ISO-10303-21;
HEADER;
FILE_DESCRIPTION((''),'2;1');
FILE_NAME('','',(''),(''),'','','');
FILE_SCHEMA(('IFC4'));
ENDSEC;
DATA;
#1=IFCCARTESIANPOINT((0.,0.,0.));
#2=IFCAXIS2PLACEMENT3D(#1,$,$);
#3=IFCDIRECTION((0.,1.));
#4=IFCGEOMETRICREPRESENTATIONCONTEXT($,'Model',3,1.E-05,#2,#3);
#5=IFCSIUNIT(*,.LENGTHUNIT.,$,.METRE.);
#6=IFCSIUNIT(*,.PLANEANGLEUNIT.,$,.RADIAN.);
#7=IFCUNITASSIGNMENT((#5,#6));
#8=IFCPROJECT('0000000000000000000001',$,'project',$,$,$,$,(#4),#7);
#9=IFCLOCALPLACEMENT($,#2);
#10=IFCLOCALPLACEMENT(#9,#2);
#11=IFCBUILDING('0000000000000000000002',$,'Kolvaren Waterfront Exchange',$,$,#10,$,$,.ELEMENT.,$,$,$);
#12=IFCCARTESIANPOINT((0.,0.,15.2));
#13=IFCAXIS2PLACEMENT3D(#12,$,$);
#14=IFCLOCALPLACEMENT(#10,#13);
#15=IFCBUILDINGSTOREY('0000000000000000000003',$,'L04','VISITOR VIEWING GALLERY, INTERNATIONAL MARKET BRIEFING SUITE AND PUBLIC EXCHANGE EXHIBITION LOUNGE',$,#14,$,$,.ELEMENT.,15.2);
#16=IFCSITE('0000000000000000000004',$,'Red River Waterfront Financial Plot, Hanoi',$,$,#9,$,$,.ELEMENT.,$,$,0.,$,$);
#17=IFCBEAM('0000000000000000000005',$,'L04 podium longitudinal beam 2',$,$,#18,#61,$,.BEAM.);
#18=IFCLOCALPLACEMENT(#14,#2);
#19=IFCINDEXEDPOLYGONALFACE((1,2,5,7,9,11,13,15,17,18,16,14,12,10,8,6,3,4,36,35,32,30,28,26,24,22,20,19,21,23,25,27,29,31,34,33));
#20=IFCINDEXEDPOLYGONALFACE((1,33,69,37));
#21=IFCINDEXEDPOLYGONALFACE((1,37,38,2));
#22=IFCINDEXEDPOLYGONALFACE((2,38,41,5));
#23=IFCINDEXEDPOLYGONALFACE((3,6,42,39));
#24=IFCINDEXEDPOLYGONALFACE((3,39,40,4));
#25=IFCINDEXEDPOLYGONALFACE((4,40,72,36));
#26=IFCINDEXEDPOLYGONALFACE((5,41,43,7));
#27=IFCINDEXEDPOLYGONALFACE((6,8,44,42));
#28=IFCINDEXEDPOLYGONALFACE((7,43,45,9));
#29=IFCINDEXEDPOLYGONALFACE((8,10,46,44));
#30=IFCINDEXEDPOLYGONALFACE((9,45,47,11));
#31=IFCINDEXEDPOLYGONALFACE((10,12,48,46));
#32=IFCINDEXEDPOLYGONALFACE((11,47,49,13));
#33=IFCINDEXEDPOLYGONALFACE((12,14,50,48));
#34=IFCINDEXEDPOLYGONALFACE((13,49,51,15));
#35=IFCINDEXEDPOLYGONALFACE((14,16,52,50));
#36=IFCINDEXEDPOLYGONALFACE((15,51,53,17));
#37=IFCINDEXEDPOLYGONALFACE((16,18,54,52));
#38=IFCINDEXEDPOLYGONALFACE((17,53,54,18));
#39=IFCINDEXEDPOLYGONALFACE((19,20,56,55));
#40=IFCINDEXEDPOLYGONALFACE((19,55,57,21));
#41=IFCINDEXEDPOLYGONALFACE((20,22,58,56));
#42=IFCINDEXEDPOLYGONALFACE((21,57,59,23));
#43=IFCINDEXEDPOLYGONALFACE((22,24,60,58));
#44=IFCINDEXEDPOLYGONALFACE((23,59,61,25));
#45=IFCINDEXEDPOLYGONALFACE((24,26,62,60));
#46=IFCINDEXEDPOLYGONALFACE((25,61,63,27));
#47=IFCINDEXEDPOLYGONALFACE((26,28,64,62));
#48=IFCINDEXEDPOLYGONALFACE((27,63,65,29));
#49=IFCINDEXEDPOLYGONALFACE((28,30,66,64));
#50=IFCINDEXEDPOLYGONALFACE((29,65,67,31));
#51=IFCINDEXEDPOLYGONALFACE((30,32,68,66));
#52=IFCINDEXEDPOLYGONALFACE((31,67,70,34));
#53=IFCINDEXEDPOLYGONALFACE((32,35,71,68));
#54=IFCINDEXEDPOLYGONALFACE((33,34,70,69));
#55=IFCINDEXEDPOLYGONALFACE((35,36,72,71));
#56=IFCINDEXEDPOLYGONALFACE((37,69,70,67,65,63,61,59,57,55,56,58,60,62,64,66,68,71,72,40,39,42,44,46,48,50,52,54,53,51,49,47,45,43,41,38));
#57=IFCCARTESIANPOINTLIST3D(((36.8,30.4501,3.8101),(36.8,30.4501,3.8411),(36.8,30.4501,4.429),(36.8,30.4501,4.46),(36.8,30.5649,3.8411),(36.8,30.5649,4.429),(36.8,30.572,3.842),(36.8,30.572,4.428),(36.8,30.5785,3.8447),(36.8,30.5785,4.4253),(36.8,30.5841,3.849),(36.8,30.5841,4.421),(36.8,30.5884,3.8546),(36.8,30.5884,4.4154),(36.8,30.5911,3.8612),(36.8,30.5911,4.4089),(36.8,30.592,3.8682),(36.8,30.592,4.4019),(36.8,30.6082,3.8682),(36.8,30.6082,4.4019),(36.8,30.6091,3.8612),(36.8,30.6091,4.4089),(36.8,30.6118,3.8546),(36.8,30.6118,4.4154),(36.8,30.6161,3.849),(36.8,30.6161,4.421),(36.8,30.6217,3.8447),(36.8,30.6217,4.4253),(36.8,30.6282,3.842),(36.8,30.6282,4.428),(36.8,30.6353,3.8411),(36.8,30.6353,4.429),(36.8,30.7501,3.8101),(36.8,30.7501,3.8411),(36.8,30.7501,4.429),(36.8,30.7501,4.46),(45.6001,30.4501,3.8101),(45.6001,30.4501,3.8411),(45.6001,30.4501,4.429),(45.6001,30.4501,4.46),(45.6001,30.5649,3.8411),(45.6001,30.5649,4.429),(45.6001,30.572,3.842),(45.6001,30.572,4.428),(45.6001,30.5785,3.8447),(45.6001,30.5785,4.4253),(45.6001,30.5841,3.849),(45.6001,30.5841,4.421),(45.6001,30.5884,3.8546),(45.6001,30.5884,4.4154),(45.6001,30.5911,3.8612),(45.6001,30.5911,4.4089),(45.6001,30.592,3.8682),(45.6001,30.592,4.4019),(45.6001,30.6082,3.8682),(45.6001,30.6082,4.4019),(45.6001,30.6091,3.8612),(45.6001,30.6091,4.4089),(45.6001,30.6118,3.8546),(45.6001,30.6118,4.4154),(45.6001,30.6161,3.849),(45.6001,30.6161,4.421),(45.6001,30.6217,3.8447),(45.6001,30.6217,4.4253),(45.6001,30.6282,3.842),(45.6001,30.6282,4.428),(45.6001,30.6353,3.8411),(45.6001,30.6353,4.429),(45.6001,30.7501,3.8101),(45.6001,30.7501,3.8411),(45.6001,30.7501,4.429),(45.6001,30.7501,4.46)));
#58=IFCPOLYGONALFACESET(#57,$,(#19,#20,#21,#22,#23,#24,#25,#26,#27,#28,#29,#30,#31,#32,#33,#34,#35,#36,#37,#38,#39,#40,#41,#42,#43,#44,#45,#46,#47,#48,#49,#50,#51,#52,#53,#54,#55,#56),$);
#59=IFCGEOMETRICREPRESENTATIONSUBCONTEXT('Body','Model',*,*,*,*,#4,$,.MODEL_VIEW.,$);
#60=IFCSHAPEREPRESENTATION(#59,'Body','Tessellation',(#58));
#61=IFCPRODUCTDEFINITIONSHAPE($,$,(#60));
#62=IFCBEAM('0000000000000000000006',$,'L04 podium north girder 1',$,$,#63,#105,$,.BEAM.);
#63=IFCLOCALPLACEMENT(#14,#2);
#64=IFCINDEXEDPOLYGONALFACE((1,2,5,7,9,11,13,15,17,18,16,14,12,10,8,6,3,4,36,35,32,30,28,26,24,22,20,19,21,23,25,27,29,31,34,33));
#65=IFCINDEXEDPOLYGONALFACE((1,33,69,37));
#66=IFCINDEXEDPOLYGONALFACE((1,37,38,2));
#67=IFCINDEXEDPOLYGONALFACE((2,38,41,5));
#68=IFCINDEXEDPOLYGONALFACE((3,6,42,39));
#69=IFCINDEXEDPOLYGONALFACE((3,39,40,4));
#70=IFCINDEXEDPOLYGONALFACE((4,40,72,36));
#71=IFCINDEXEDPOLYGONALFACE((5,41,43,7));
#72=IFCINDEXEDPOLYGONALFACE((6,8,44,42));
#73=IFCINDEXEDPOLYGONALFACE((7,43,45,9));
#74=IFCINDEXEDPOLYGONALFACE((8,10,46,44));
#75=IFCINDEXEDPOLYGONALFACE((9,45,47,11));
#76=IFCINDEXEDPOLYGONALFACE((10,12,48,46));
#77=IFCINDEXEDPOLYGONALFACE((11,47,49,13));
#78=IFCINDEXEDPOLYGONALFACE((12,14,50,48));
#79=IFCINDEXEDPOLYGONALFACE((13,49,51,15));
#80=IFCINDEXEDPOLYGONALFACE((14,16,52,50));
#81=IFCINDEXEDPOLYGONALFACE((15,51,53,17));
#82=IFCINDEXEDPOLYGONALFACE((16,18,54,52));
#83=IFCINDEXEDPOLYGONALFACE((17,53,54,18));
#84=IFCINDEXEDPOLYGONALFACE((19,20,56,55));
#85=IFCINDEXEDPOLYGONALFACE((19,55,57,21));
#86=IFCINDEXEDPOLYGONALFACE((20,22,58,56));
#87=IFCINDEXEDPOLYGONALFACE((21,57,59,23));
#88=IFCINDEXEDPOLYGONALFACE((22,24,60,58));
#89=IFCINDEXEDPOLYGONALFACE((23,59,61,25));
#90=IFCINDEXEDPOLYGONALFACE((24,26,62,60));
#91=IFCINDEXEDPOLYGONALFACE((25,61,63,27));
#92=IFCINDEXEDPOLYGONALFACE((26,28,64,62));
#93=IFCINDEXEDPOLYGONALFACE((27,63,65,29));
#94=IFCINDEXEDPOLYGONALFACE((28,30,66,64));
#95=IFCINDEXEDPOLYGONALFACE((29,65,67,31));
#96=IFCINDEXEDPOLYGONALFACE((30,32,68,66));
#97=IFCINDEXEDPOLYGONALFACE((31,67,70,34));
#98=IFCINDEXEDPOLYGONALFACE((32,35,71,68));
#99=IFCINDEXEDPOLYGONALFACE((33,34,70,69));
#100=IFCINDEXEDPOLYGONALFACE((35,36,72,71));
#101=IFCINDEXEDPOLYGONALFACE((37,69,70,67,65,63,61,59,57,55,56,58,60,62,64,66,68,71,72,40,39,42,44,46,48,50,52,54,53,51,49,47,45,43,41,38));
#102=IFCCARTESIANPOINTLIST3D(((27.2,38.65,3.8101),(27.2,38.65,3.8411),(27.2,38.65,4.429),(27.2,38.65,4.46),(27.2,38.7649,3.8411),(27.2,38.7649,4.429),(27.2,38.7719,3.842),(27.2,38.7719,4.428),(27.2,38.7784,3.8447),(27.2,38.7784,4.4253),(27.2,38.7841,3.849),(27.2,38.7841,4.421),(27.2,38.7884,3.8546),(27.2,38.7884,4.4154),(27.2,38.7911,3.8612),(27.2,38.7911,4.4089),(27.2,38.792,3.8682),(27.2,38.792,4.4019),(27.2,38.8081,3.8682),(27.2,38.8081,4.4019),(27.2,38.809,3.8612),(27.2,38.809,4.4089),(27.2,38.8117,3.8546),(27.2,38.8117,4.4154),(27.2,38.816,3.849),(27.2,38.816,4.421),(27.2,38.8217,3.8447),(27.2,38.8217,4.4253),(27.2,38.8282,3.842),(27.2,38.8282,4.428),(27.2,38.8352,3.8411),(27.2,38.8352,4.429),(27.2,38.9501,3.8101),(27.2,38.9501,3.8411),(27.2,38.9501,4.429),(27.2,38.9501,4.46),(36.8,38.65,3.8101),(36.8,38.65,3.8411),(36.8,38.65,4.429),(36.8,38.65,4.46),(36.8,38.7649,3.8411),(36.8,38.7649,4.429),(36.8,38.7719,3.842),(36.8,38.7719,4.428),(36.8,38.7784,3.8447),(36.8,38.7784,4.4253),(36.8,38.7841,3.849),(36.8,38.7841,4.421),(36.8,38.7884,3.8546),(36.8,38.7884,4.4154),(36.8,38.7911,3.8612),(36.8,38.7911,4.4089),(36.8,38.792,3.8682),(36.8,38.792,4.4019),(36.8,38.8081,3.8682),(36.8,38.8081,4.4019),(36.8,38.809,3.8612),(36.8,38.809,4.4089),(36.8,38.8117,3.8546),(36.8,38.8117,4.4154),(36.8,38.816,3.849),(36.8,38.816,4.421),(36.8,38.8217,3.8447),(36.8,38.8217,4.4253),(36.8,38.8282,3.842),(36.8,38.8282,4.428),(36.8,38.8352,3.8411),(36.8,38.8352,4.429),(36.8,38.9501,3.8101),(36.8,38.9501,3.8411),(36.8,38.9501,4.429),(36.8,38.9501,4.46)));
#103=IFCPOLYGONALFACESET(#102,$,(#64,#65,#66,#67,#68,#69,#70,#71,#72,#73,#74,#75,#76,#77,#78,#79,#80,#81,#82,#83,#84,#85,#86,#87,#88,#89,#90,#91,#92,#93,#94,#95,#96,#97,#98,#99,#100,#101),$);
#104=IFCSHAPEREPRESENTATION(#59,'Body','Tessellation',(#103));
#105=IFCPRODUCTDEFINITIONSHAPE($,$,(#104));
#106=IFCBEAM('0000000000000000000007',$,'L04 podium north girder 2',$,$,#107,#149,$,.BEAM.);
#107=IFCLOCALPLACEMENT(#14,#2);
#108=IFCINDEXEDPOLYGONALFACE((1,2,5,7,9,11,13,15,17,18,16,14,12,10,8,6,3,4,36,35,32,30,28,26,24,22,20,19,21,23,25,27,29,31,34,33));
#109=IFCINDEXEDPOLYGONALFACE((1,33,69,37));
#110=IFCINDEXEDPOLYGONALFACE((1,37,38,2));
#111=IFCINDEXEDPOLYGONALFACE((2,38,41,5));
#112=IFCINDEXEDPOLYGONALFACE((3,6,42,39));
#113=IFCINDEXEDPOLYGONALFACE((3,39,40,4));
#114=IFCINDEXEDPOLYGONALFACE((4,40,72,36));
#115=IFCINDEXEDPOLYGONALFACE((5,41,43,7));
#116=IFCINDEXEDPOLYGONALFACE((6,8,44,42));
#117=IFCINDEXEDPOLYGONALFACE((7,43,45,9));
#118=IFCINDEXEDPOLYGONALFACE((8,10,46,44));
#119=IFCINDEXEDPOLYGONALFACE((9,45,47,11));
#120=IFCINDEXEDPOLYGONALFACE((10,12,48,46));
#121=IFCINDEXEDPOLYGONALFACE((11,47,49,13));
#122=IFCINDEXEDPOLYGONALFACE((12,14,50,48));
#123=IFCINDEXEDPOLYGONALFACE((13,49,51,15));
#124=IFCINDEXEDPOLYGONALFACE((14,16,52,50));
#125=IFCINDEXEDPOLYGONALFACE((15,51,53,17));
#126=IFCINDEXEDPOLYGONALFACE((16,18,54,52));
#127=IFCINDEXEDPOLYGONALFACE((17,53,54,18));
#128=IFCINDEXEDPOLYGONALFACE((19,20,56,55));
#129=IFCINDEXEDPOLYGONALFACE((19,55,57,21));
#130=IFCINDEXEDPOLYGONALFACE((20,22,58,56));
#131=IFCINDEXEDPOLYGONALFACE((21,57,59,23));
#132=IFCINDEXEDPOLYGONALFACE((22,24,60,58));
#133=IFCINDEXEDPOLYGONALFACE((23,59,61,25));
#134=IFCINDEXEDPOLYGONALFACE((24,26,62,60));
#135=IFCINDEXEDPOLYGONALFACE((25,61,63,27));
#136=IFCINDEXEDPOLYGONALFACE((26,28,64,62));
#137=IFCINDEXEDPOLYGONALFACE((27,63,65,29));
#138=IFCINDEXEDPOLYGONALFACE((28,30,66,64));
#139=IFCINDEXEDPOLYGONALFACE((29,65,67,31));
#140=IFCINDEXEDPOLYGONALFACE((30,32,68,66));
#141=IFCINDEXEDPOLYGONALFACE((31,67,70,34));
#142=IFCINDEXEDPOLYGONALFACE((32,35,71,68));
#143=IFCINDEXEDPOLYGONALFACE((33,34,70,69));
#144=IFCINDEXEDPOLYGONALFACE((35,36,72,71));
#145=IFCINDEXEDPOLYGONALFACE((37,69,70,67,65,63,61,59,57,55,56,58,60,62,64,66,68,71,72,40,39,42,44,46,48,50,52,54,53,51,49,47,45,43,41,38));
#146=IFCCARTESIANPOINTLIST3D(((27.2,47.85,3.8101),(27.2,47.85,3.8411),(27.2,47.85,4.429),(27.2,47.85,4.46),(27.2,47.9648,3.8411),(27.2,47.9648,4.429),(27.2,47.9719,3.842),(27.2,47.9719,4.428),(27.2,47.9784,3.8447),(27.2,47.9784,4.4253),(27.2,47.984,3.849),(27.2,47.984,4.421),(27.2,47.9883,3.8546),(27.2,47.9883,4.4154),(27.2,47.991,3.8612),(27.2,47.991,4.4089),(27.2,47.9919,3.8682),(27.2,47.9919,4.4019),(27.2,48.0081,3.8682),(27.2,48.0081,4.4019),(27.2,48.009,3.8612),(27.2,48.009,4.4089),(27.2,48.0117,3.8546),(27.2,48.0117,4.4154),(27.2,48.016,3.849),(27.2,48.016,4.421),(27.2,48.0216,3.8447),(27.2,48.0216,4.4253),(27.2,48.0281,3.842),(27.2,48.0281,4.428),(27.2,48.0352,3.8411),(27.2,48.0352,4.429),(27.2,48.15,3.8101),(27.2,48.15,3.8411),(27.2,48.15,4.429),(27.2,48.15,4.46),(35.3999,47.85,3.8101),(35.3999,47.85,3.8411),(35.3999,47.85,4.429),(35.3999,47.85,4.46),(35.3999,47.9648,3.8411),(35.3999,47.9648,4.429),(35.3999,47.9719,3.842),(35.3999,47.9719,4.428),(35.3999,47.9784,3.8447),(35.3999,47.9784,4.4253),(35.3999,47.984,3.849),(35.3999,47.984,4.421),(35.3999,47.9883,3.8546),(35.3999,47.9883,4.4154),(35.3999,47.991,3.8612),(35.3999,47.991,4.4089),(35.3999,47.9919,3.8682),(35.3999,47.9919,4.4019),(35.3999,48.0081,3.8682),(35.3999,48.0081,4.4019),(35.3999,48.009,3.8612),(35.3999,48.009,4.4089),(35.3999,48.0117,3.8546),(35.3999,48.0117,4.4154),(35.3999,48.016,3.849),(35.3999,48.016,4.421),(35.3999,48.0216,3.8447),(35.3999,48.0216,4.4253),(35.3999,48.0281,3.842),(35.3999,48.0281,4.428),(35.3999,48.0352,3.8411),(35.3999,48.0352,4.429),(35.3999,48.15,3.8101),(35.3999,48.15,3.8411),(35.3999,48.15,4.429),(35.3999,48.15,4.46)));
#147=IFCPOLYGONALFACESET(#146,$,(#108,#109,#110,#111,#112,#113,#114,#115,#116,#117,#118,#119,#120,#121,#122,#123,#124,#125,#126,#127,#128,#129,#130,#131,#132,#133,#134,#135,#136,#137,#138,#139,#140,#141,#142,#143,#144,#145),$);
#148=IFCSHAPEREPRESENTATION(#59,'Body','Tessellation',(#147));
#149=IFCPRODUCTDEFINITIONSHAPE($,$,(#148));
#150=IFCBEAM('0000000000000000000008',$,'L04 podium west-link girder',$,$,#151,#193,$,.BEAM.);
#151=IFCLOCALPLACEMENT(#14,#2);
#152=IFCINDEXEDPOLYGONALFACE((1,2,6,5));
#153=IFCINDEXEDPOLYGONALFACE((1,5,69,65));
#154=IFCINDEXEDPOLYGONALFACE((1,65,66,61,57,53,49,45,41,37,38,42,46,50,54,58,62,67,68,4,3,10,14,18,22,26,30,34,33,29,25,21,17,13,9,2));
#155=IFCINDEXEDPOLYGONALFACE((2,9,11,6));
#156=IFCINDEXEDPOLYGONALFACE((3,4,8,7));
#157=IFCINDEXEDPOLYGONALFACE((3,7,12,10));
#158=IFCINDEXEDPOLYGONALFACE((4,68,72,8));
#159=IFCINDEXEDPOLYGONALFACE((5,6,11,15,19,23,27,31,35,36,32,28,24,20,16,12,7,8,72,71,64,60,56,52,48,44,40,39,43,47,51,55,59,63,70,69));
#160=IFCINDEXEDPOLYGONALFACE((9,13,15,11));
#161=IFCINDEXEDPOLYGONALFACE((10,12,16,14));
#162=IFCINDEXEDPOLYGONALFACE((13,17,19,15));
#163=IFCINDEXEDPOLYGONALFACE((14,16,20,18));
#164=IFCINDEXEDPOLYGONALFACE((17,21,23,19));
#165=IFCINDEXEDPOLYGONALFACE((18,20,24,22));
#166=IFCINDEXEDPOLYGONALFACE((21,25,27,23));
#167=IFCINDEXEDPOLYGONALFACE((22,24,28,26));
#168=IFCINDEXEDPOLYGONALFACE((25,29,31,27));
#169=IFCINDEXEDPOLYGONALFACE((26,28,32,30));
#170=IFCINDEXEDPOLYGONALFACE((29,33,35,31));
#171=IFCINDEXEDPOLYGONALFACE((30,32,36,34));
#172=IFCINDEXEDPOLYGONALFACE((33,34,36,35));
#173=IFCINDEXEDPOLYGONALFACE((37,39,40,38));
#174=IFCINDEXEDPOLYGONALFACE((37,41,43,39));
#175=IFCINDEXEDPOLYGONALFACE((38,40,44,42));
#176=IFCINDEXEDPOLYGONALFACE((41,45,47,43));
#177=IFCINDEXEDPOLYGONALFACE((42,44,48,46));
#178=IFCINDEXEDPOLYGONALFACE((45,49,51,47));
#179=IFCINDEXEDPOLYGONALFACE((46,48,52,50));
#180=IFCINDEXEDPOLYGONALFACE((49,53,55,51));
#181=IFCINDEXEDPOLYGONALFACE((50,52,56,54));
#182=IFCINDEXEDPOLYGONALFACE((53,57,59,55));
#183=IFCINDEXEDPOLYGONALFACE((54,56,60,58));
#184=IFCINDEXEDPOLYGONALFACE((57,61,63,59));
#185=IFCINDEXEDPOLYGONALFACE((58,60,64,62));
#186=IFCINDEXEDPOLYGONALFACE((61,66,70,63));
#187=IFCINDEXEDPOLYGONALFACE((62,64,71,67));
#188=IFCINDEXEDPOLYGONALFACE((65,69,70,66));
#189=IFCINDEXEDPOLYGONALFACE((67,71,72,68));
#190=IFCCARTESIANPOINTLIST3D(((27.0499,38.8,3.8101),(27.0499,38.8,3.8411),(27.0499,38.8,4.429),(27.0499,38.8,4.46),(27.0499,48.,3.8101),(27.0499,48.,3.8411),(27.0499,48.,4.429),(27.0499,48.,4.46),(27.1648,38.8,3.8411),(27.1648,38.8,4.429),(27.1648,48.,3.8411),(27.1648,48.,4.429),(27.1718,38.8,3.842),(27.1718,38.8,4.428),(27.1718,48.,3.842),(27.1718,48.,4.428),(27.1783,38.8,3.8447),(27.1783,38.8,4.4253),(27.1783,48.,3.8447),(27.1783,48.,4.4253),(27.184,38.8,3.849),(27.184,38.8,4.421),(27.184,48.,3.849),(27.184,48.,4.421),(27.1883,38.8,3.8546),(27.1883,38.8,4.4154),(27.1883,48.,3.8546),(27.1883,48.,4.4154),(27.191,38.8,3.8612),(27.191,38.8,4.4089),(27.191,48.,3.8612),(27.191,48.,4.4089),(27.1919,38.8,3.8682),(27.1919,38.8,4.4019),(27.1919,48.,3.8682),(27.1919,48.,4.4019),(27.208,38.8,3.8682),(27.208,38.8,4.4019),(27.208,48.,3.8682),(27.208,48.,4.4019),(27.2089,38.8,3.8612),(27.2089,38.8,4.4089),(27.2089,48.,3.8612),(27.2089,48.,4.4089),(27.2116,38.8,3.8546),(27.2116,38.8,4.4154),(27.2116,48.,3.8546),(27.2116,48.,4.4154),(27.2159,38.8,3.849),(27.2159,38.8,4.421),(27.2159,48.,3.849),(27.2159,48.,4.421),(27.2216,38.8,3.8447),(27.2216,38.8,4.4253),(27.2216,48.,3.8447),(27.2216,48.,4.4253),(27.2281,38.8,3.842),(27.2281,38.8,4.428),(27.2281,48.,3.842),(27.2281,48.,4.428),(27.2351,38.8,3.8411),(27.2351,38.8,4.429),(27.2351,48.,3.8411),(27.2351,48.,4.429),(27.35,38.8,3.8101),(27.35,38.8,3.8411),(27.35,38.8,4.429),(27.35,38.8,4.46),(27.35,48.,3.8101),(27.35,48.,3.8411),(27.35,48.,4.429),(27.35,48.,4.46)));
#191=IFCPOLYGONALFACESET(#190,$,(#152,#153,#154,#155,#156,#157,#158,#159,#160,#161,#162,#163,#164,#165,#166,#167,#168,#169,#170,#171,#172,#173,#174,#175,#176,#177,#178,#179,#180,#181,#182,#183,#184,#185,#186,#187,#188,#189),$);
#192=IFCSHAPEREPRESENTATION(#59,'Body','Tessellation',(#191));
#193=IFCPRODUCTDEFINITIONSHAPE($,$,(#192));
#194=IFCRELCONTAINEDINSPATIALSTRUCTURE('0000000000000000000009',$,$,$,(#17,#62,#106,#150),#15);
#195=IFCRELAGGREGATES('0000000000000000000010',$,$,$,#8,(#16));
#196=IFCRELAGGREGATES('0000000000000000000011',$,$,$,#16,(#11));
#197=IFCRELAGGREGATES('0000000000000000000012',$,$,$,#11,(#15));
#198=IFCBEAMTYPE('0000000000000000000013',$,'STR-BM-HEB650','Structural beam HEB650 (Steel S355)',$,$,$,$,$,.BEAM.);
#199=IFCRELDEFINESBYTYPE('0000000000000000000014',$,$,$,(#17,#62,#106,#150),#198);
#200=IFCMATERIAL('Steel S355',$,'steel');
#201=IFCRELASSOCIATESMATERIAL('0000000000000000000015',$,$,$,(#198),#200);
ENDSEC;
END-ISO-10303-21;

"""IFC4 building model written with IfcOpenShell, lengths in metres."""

from ifc_helpers import new_model, si_unit, direction, frame, origin, origin_2d, place, context, subcontext, project, spatial, i_section, extrude, material, material_profile, profile_set, type_object, element, save


model = new_model("IFC4")

# Units and contexts
model_context = context("Model", 3, precision=1e-05, world=origin(), true_north=direction((0.0, 1.0)))
body_context = subcontext(model_context, "Body", "Model", "MODEL_VIEW")
ifc_project = project(units=[si_unit("LENGTHUNIT", "METRE"), si_unit("PLANEANGLEUNIT", "RADIAN")], contexts=[model_context])

# Site, building, storey
site_placement = place(None, origin())
site = spatial("IfcSite", under=ifc_project, at=site_placement, Name="Red River Waterfront Financial Plot, Hanoi", CompositionType="ELEMENT", RefElevation=0.0)
building_placement = place(site_placement, origin())
building = spatial("IfcBuilding", under=site, at=building_placement, Name="Kolvaren Waterfront Exchange", CompositionType="ELEMENT")
storey_placement = place(building_placement, frame((0.0, 0.0, 15.2)))
storey = spatial("IfcBuildingStorey", under=building, at=storey_placement, Name="L04", Description="VISITOR VIEWING GALLERY, INTERNATIONAL MARKET BRIEFING SUITE AND PUBLIC EXCHANGE EXHIBITION LOUNGE", CompositionType="ELEMENT", Elevation=15.2)

# Beams
ifc_material_1 = material(Name="Steel S355", Category="steel")
ifc_material_profile_1 = material_profile(ifc_material_1, i_section(OverallWidth=0.3, OverallDepth=0.6499, WebThickness=0.0161, FlangeThickness=0.031, FilletRadius=0.0271, at=origin_2d()), Name="HEB650")
ifc_profile_set_1 = profile_set([ifc_material_profile_1], Name="Steel S355")
beam_type_1 = type_object("IfcBeamType", Name="STR-BM-HEB650", Description="Structural beam HEB650 (Steel S355)", PredefinedType="BEAM", material=ifc_profile_set_1)
beam_1_placement = place(storey_placement, frame((36.8, 30.6001, 4.135), z_axis=(1.0, 0.0, 0.0), x_axis=(0.0, 1.0, 0.0)))
element("IfcBeam", 1, at=beam_1_placement, inside=storey, type_object=beam_type_1, Name="L04 podium longitudinal beam 2", PredefinedType="BEAM", context=body_context, shape_type="SweptSolid", body=[
    extrude(i_section(OverallWidth=0.3, OverallDepth=0.6499, WebThickness=0.0161, FlangeThickness=0.031, FilletRadius=0.0271, at=origin_2d()), origin(), (0.0, 0.0, 1.0), 8.8),
])
beam_2_placement = place(storey_placement, frame((27.2, 38.8, 4.135), z_axis=(1.0, 0.0, 0.0), x_axis=(0.0, 1.0, 0.0)))
element("IfcBeam", 2, at=beam_2_placement, inside=storey, type_object=beam_type_1, Name="L04 podium north girder 1", PredefinedType="BEAM", context=body_context, shape_type="SweptSolid", body=[
    extrude(i_section(OverallWidth=0.3, OverallDepth=0.6499, WebThickness=0.0161, FlangeThickness=0.031, FilletRadius=0.0271, at=origin_2d()), origin(), (0.0, 0.0, 1.0), 9.6001),
])
beam_3_placement = place(storey_placement, frame((27.2, 48.0, 4.135), z_axis=(1.0, 0.0, 0.0), x_axis=(0.0, 1.0, 0.0)))
element("IfcBeam", 3, at=beam_3_placement, inside=storey, type_object=beam_type_1, Name="L04 podium north girder 2", PredefinedType="BEAM", context=body_context, shape_type="SweptSolid", body=[
    extrude(i_section(OverallWidth=0.3, OverallDepth=0.6499, WebThickness=0.0161, FlangeThickness=0.031, FilletRadius=0.0271, at=origin_2d()), origin(), (0.0, 0.0, 1.0), 8.2),
])
beam_4_placement = place(storey_placement, frame((27.2, 38.8, 4.135), z_axis=(0.0, 1.0, 0.0), x_axis=(-1.0, 0.0, 0.0)))
element("IfcBeam", 4, at=beam_4_placement, inside=storey, type_object=beam_type_1, Name="L04 podium west-link girder", PredefinedType="BEAM", context=body_context, shape_type="SweptSolid", body=[
    extrude(i_section(OverallWidth=0.3, OverallDepth=0.6499, WebThickness=0.0161, FlangeThickness=0.031, FilletRadius=0.0271, at=origin_2d()), origin(), (0.0, 0.0, 1.0), 9.2),
])

save(model, "model.ifc")
